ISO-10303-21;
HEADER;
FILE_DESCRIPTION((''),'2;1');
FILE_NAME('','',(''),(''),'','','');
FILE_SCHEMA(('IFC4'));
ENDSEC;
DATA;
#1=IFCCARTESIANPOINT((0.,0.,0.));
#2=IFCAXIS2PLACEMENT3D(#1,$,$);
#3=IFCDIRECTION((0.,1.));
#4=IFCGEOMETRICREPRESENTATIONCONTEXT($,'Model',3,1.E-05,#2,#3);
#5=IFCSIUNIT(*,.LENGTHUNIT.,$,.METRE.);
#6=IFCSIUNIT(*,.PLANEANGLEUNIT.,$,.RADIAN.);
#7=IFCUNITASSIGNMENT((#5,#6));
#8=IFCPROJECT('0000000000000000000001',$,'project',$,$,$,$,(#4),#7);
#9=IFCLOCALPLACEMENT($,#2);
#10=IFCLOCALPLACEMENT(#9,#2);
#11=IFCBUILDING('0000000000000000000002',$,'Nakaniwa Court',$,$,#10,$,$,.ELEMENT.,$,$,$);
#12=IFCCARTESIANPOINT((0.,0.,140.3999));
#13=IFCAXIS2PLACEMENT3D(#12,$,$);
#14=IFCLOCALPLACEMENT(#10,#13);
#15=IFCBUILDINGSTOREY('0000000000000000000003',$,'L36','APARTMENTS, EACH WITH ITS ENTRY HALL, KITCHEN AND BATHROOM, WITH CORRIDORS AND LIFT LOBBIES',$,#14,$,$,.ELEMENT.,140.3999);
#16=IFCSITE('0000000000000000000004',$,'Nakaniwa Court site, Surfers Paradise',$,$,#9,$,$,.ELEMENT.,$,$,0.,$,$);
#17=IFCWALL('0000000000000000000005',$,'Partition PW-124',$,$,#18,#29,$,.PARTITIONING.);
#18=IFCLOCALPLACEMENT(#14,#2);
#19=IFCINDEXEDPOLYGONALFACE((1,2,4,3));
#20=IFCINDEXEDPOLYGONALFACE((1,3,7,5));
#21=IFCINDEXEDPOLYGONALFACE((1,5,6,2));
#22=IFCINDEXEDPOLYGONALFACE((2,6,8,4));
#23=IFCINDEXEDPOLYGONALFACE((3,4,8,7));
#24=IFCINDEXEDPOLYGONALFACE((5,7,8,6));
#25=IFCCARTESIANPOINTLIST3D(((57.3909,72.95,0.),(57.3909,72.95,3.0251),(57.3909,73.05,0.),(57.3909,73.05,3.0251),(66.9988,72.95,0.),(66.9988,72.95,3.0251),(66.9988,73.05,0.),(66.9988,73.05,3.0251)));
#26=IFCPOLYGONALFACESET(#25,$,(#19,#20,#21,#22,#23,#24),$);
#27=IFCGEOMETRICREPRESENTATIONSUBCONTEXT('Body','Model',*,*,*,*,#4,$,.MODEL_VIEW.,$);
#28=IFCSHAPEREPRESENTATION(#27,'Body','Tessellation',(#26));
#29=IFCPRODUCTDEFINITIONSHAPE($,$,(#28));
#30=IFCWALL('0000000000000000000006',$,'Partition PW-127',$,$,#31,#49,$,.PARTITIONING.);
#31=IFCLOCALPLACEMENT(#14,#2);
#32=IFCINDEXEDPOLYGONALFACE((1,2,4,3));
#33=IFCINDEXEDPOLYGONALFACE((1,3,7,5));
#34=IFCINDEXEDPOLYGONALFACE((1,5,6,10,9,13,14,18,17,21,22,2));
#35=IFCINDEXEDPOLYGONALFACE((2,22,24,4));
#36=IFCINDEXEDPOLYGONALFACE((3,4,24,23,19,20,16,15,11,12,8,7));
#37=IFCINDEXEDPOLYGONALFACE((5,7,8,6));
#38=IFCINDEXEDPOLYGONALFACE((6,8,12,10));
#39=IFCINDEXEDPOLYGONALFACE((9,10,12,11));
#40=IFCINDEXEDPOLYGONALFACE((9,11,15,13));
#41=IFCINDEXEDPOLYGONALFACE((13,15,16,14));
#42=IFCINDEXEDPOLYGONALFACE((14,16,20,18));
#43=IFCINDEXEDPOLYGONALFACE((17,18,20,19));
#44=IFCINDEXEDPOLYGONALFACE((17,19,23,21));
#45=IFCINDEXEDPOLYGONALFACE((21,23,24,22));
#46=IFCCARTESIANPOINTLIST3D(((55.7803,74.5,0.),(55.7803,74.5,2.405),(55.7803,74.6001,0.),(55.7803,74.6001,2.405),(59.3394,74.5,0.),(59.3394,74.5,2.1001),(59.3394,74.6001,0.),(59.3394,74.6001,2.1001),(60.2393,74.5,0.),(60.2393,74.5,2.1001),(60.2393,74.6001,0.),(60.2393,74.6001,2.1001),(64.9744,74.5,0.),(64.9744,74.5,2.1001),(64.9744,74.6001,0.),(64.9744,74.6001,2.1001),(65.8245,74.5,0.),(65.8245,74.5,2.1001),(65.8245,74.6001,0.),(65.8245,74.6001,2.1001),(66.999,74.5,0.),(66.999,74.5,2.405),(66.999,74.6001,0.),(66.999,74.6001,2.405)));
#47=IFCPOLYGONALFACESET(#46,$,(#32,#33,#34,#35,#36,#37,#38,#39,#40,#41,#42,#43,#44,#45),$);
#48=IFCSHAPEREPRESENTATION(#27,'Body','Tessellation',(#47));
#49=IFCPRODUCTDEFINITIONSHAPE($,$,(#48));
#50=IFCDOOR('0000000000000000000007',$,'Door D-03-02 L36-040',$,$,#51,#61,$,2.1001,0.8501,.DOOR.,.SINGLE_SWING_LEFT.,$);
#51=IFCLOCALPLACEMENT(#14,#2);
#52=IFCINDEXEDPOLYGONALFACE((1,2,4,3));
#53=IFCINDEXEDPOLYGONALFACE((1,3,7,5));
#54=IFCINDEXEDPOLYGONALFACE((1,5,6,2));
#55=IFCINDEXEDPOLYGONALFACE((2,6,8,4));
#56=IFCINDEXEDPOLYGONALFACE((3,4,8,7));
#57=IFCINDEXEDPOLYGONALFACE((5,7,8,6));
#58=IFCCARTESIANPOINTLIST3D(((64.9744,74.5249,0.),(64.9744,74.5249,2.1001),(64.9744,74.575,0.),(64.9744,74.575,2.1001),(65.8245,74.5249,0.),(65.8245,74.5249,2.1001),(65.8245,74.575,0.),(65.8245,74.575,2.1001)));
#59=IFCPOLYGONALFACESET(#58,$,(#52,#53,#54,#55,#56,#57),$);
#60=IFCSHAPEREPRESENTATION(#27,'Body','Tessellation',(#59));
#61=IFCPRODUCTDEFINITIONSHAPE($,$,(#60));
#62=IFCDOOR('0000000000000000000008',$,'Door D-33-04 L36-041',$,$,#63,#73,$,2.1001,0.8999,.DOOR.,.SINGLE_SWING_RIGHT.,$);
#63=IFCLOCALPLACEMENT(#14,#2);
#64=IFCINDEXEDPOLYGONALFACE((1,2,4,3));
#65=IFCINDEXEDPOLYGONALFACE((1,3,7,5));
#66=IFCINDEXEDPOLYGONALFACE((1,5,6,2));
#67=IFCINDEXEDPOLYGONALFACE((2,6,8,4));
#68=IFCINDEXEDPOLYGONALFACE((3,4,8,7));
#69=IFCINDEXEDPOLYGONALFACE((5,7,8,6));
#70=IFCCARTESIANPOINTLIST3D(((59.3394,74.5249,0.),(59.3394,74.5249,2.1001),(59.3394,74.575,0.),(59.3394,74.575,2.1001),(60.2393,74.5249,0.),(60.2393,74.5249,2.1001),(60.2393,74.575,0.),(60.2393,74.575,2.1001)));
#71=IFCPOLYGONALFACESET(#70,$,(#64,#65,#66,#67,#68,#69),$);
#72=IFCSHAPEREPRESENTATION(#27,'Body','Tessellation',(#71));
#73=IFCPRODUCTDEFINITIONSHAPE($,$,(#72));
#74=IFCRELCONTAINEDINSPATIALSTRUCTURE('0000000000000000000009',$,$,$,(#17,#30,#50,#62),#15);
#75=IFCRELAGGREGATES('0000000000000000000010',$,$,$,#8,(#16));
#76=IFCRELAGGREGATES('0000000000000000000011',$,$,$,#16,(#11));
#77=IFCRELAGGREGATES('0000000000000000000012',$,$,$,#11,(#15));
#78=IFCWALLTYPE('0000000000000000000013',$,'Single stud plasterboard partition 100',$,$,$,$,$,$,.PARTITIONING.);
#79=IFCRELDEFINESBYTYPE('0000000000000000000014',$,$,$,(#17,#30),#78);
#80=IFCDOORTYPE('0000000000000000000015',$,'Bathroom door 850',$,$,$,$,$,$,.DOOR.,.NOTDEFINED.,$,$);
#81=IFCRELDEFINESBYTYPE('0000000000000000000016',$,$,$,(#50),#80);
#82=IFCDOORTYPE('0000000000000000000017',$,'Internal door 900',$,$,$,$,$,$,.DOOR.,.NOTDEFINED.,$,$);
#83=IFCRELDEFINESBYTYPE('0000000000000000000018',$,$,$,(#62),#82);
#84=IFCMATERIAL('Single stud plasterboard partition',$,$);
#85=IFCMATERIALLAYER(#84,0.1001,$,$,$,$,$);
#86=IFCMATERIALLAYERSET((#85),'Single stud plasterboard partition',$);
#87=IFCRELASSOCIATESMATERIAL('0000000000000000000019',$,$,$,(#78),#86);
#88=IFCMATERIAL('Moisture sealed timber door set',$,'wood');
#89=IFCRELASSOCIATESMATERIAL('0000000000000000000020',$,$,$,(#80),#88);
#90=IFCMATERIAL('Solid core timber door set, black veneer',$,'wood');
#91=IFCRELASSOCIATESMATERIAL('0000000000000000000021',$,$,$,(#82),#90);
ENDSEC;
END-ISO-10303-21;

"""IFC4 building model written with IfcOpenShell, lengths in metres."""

from ifc_helpers import new_model, si_unit, direction, frame, frame_2d, origin, place, context, subcontext, project, spatial, rectangle, extrude, material, layer, layer_set, type_object, element, fill, save


model = new_model("IFC4")

# Units and contexts
model_context = context("Model", 3, precision=1e-05, world=origin(), true_north=direction((0.0, 1.0)))
body_context = subcontext(model_context, "Body", "Model", "MODEL_VIEW")
ifc_project = project(units=[si_unit("LENGTHUNIT", "METRE"), si_unit("PLANEANGLEUNIT", "RADIAN")], contexts=[model_context])

# Site, building, storey
site_placement = place(None, origin())
site = spatial("IfcSite", under=ifc_project, at=site_placement, Name="Nakaniwa Court site, Surfers Paradise", CompositionType="ELEMENT", RefElevation=0.0)
building_placement = place(site_placement, origin())
building = spatial("IfcBuilding", under=site, at=building_placement, Name="Nakaniwa Court", CompositionType="ELEMENT")
storey_placement = place(building_placement, frame((0.0, 0.0, 140.3999)))
storey = spatial("IfcBuildingStorey", under=building, at=storey_placement, Name="L36", Description="APARTMENTS, EACH WITH ITS ENTRY HALL, KITCHEN AND BATHROOM, WITH CORRIDORS AND LIFT LOBBIES", CompositionType="ELEMENT", Elevation=140.3999)

# Shared definitions
ifc_material_1 = material(Name="Solid core timber door set, black veneer", Category="wood")

# Wall
ifc_material_2 = material(Name="Single stud plasterboard partition")
ifc_layer_1 = layer(ifc_material_2, 0.1001)
ifc_layer_set_1 = layer_set([ifc_layer_1], Name="Single stud plasterboard partition")
wall_type_1 = type_object("IfcWallType", Name="Single stud plasterboard partition 100", PredefinedType="PARTITIONING", material=ifc_layer_set_1)
wall_1_placement = place(storey_placement, frame((57.3909, 73.0, 0.0), z_axis=(0.0, 0.0, 1.0), x_axis=(1.0, 0.0, 0.0)))
element("IfcWall", 1, at=wall_1_placement, inside=storey, type_object=wall_type_1, Name="Partition PW-124", PredefinedType="PARTITIONING", context=body_context, shape_type="SweptSolid", body=[
    extrude(rectangle(XDim=9.6079, YDim=0.1001, at=frame_2d((4.804, 0.0))), origin(), (0.0, 0.0, 1.0), 3.0251),
])

# Wall, openings, doors
wall_2_placement = place(storey_placement, frame((55.7803, 74.55, 0.0), z_axis=(0.0, 0.0, 1.0), x_axis=(1.0, 0.0, 0.0)))
wall_2 = element("IfcWall", 2, at=wall_2_placement, inside=storey, type_object=wall_type_1, Name="Partition PW-127", PredefinedType="PARTITIONING", context=body_context, shape_type="SweptSolid", body=[
    extrude(rectangle(XDim=11.2188, YDim=0.1001, at=frame_2d((5.6094, 0.0))), origin(), (0.0, 0.0, 1.0), 2.405),
])
opening_1_placement = place(wall_2_placement, frame((9.1941, 0.0, 0.0)))
opening_1 = element("IfcOpeningElement", 3, at=opening_1_placement, cuts=wall_2, PredefinedType="OPENING", context=body_context, shape_type="SweptSolid", body=[
    extrude(rectangle(XDim=0.8501, YDim=2.1001, at=frame_2d((0.425, 1.05))), frame((0.0, 0.0601, 0.0), z_axis=(0.0, -1.0, 0.0), x_axis=(1.0, 0.0, 0.0)), (0.0, 0.0, 1.0), 0.1201),
])
opening_2_placement = place(wall_2_placement, frame((3.5591, 0.0, 0.0)))
opening_2 = element("IfcOpeningElement", 4, at=opening_2_placement, cuts=wall_2, PredefinedType="OPENING", context=body_context, shape_type="SweptSolid", body=[
    extrude(rectangle(XDim=0.8999, YDim=2.1001, at=frame_2d((0.45, 1.05))), frame((0.0, 0.0601, 0.0), z_axis=(0.0, -1.0, 0.0), x_axis=(1.0, 0.0, 0.0)), (0.0, 0.0, 1.0), 0.1201),
])
ifc_material_3 = material(Name="Moisture sealed timber door set", Category="wood")
door_type_1 = type_object("IfcDoorType", Name="Bathroom door 850", OperationType="NOTDEFINED", PredefinedType="DOOR", material=ifc_material_3)
door_1_placement = place(opening_1_placement, origin())
door_1 = element("IfcDoor", 5, at=door_1_placement, inside=storey, type_object=door_type_1, Name="Door D-03-02 L36-040", OperationType="SINGLE_SWING_LEFT", OverallHeight=2.1001, OverallWidth=0.8501, PredefinedType="DOOR", context=body_context, shape_type="SweptSolid", body=[
    extrude(rectangle(XDim=0.8501, YDim=2.1001, at=frame_2d((0.425, 1.05))), frame((0.0, 0.0249, 0.0), z_axis=(0.0, -1.0, 0.0), x_axis=(1.0, 0.0, 0.0)), (0.0, 0.0, 1.0), 0.05),
])
fill(opening_1, door_1)
door_type_2 = type_object("IfcDoorType", Name="Internal door 900", OperationType="NOTDEFINED", PredefinedType="DOOR", material=ifc_material_1)
door_2_placement = place(opening_2_placement, origin())
door_2 = element("IfcDoor", 6, at=door_2_placement, inside=storey, type_object=door_type_2, Name="Door D-33-04 L36-041", OperationType="SINGLE_SWING_RIGHT", OverallHeight=2.1001, OverallWidth=0.8999, PredefinedType="DOOR", context=body_context, shape_type="SweptSolid", body=[
    extrude(rectangle(XDim=0.8999, YDim=2.1001, at=frame_2d((0.45, 1.05))), frame((0.0, 0.0249, 0.0), z_axis=(0.0, -1.0, 0.0), x_axis=(1.0, 0.0, 0.0)), (0.0, 0.0, 1.0), 0.05),
])
fill(opening_2, door_2)

save(model, "model.ifc")
